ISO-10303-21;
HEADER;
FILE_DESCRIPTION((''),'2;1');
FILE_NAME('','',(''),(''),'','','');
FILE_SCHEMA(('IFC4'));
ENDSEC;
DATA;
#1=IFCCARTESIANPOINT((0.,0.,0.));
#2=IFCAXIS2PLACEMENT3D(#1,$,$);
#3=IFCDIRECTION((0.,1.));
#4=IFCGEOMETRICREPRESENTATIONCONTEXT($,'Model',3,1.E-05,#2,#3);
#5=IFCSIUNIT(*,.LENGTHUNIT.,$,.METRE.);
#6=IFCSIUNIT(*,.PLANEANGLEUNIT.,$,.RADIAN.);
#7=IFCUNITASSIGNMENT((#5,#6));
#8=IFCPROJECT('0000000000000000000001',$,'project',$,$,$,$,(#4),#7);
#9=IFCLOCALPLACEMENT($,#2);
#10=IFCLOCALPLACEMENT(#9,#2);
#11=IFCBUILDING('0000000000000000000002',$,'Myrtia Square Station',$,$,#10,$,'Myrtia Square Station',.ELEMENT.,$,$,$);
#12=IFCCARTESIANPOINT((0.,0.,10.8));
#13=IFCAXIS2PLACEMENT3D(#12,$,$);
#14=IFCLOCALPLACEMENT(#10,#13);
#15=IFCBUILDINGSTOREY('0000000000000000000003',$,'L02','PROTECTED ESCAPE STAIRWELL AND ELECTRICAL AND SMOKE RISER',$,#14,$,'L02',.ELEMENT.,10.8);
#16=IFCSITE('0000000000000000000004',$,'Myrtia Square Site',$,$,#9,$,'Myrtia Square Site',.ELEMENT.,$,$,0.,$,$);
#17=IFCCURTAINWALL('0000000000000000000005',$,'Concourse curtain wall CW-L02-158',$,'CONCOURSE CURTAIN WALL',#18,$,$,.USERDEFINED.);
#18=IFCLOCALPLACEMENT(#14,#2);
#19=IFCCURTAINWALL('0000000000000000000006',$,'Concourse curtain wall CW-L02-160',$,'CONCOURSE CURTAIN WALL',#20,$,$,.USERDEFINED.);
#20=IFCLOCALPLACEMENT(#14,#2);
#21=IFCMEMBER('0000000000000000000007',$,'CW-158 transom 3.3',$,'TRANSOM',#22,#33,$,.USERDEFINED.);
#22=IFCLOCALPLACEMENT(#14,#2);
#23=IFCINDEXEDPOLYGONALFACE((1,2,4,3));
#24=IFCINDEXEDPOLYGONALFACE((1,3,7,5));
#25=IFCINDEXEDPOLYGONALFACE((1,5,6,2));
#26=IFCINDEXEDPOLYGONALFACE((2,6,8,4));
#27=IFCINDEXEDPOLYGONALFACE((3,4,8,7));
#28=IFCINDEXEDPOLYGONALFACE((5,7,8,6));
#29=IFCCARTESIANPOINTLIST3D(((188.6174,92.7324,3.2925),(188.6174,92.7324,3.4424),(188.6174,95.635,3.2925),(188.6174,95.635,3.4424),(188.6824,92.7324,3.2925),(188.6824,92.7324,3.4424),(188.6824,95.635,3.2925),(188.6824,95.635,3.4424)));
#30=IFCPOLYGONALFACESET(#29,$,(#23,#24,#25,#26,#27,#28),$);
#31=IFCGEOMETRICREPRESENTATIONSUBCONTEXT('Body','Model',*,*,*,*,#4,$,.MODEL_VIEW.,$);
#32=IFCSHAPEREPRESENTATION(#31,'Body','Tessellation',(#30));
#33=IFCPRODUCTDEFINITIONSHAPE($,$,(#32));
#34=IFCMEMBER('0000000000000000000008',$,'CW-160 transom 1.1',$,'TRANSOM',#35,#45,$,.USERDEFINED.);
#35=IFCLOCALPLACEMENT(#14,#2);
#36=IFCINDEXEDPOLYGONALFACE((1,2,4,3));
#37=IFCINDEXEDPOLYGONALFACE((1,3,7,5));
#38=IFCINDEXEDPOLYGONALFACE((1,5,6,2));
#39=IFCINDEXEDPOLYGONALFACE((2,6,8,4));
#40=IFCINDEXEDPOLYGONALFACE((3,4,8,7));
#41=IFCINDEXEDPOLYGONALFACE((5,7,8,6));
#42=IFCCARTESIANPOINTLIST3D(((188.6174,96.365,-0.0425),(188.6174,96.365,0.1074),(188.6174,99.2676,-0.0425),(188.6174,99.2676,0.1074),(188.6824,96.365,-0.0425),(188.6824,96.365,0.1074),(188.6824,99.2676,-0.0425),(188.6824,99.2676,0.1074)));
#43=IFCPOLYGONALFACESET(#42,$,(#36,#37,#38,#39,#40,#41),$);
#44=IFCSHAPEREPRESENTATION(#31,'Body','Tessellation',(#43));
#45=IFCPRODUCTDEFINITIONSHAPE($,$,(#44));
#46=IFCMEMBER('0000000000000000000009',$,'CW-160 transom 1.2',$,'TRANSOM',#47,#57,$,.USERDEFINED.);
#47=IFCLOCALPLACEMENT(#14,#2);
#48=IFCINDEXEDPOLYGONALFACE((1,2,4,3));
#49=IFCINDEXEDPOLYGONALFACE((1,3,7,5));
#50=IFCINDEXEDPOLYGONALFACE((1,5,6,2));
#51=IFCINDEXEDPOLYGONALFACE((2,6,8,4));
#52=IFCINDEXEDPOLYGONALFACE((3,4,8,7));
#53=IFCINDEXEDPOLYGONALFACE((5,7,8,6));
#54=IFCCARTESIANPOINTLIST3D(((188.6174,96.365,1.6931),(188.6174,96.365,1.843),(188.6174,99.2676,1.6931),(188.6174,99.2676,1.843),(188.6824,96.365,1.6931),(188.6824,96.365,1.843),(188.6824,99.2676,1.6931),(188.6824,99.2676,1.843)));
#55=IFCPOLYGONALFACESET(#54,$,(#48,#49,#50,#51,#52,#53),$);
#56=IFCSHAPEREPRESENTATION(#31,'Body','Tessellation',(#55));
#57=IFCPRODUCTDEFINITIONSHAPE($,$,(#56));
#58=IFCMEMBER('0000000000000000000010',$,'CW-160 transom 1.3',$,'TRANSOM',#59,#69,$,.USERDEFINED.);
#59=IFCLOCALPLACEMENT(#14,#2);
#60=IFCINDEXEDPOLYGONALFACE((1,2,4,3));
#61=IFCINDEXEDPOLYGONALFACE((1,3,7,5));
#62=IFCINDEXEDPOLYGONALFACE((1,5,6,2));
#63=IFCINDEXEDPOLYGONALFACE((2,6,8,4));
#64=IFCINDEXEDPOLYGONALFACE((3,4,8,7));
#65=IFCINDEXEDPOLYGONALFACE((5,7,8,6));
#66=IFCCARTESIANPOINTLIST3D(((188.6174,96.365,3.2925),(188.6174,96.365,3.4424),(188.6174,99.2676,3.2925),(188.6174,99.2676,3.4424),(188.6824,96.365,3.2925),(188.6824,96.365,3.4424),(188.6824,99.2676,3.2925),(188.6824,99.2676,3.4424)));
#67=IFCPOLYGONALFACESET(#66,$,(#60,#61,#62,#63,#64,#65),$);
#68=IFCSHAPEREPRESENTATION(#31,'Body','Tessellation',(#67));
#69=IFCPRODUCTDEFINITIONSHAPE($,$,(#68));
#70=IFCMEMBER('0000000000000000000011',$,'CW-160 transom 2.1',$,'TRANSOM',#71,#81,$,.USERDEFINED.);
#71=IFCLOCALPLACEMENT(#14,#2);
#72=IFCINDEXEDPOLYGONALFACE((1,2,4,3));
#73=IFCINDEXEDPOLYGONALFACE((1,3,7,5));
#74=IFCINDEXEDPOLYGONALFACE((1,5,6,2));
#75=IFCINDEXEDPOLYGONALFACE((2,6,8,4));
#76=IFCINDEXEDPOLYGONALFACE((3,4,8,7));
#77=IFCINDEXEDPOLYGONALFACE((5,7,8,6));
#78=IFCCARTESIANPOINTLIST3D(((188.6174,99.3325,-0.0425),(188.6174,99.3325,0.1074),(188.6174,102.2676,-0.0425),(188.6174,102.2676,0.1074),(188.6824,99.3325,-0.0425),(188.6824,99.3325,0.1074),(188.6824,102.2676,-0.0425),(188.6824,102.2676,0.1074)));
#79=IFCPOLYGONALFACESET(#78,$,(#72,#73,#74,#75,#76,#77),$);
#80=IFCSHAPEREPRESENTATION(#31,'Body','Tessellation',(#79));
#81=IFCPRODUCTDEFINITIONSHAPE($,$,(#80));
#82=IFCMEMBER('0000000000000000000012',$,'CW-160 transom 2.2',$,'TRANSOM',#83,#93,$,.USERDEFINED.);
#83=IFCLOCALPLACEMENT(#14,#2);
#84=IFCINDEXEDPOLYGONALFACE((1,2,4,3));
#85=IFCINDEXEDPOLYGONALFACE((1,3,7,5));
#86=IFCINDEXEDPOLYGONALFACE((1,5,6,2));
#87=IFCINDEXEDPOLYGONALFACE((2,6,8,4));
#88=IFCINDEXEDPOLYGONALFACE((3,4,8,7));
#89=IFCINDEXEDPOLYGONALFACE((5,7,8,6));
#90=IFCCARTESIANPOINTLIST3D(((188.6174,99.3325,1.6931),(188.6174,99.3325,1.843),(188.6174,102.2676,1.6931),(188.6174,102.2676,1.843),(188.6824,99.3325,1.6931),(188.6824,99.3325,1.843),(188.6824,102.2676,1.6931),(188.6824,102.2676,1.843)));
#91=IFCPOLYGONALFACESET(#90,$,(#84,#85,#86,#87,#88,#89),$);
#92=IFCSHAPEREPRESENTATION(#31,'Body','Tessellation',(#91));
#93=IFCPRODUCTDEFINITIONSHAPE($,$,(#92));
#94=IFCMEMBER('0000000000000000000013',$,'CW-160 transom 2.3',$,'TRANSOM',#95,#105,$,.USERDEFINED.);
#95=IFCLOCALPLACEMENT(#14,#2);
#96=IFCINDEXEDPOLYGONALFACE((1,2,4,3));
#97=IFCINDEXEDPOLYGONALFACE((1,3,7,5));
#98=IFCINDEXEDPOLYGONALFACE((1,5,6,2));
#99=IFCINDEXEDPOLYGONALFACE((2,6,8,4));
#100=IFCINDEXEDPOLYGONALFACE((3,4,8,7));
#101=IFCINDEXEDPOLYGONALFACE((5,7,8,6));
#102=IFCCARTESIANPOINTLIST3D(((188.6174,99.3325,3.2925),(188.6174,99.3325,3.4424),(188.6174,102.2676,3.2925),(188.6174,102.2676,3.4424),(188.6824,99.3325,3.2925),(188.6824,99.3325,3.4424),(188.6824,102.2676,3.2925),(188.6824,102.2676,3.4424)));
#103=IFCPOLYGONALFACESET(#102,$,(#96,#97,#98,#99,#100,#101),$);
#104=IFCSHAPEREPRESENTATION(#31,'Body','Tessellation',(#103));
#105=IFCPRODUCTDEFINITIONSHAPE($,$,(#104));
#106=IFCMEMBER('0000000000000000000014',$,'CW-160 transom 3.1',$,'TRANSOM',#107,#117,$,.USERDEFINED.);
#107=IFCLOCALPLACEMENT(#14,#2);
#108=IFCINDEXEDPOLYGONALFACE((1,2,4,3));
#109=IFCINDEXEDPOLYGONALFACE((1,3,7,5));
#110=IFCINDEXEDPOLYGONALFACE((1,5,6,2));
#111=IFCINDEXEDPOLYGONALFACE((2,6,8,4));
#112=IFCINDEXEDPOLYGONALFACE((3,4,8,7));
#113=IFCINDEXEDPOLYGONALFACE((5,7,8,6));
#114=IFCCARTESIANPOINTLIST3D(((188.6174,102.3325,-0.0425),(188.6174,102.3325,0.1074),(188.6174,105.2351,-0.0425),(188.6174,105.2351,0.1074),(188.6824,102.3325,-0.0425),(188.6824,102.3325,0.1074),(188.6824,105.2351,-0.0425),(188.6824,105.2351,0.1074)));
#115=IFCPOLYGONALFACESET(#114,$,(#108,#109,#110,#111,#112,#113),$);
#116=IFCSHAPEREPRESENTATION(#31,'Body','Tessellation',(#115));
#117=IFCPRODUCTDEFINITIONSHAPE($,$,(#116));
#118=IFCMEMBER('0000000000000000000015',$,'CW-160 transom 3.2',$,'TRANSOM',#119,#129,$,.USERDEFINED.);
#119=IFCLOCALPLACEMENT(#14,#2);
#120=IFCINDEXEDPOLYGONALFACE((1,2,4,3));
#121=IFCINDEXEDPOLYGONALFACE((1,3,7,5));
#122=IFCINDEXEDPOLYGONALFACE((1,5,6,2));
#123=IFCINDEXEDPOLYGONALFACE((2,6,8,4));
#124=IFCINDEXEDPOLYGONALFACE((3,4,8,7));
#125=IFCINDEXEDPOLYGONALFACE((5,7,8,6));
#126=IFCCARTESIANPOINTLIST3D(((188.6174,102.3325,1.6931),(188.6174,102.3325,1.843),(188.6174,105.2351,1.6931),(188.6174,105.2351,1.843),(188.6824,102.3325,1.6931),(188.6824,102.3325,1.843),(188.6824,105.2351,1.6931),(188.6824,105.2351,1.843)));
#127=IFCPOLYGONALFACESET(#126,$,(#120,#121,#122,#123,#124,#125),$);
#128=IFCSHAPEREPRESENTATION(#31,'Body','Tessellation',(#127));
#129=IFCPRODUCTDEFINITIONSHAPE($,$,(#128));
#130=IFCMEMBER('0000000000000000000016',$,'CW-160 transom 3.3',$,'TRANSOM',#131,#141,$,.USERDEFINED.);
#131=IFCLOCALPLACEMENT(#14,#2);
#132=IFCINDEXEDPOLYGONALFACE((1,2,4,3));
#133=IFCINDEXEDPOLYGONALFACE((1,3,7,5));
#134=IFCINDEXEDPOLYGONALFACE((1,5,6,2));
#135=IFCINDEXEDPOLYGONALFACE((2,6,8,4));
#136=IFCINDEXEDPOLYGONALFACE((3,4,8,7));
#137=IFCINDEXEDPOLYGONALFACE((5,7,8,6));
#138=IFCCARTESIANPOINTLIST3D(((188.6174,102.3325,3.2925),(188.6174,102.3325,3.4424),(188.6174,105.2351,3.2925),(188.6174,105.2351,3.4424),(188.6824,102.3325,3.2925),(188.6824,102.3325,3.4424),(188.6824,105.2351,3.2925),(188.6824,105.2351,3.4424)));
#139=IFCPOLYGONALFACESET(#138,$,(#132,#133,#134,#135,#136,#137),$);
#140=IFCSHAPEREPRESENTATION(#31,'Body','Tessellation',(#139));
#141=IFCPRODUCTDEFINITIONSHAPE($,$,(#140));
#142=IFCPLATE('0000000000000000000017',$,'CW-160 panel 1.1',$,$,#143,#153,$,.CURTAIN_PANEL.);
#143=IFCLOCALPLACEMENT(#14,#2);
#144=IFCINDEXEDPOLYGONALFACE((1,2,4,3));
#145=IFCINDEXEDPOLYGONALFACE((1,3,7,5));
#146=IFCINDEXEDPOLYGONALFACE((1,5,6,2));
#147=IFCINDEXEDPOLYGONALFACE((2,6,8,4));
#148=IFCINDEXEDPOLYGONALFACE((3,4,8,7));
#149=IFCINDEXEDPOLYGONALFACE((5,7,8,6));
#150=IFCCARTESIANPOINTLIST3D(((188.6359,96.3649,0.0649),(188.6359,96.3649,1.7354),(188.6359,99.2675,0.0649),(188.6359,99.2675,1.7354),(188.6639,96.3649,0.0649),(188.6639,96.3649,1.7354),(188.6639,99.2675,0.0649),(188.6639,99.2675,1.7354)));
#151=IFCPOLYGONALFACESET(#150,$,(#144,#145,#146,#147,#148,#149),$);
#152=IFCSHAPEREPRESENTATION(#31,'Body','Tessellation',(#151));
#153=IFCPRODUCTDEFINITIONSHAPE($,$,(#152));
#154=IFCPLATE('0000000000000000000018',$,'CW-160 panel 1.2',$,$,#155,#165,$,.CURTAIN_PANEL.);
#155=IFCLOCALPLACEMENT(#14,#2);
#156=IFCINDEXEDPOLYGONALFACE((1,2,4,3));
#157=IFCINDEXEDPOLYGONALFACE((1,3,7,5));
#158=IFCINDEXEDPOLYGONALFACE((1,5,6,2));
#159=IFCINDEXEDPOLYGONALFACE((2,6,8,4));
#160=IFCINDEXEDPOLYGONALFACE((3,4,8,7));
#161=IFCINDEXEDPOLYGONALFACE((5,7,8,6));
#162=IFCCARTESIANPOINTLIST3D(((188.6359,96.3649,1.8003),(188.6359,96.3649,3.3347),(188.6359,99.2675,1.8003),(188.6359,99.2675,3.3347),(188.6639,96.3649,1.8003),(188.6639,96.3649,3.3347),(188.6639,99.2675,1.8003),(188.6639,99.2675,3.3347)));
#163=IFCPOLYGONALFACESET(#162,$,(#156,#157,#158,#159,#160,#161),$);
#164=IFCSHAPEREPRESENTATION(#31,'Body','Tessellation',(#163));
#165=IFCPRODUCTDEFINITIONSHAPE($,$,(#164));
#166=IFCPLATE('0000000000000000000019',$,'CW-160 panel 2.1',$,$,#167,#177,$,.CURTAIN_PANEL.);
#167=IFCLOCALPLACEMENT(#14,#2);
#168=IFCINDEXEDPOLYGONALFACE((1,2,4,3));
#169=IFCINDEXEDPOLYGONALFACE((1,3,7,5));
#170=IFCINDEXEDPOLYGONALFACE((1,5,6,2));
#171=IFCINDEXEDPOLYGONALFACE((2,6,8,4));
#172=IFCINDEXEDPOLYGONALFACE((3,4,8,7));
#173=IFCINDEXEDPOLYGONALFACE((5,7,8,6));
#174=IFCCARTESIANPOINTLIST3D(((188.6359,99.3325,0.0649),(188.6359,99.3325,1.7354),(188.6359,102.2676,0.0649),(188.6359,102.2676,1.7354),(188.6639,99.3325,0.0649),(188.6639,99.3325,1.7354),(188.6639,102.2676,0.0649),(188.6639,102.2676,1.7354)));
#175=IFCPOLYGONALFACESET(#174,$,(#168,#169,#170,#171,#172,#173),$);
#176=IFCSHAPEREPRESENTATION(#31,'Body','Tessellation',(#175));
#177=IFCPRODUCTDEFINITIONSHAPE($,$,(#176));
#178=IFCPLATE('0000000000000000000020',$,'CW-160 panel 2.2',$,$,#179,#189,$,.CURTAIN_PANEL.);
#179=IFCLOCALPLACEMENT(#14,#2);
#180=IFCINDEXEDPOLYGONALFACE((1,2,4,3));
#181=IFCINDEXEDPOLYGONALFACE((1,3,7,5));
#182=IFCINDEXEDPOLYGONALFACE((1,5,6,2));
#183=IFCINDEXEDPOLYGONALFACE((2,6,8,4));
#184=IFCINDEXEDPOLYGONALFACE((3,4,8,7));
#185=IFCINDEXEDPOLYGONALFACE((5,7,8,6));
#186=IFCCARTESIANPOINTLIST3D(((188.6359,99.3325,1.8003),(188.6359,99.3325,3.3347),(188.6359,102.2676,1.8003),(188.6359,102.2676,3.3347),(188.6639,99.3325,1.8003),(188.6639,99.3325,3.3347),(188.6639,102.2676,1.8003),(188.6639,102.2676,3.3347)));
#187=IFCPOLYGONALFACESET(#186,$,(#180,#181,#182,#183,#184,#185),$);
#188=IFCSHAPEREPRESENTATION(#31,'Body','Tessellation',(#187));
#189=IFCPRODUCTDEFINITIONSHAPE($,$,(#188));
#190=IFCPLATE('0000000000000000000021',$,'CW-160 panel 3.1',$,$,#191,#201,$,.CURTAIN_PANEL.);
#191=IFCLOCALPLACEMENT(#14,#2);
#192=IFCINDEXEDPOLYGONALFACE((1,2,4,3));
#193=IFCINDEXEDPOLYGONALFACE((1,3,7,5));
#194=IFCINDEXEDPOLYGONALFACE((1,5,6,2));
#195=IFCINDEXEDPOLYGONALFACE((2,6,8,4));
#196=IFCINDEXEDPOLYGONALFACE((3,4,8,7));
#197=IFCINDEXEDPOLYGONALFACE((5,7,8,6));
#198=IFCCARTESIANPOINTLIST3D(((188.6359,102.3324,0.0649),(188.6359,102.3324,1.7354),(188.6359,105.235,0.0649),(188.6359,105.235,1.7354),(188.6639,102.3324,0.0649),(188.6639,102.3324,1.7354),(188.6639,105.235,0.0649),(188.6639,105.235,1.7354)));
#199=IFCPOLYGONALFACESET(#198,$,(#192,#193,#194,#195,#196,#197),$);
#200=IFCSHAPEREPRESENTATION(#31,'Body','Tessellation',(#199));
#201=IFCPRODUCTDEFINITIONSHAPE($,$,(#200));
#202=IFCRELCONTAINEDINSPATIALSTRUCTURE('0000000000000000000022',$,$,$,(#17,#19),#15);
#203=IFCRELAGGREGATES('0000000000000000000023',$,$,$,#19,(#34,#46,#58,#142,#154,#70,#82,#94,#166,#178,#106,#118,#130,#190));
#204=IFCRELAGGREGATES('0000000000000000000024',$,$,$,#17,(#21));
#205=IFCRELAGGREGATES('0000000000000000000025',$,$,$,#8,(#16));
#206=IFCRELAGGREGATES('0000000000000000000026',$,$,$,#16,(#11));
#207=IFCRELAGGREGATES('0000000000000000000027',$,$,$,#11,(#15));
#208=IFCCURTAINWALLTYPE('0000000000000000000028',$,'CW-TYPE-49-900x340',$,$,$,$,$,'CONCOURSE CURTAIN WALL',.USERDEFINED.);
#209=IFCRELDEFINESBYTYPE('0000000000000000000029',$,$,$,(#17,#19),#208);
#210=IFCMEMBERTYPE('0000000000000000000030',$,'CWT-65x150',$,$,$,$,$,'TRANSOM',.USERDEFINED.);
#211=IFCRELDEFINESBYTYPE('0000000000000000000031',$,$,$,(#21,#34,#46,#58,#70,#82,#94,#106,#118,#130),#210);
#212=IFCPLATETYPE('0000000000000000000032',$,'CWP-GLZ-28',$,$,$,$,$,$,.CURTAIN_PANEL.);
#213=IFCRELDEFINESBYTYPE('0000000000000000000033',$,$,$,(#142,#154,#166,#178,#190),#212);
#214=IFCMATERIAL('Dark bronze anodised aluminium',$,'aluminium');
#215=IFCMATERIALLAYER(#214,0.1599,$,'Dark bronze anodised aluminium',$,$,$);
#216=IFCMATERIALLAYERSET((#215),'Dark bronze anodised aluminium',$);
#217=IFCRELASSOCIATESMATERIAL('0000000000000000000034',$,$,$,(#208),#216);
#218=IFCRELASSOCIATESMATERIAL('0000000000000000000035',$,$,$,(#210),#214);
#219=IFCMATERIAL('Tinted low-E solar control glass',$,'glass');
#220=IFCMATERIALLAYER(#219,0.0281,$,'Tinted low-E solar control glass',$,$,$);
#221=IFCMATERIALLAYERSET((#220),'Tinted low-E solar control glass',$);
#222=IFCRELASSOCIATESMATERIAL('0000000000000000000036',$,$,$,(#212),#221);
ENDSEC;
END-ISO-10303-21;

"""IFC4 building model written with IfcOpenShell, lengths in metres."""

from ifc_helpers import new_model, si_unit, direction, frame, origin, origin_2d, place, context, subcontext, project, spatial, rectangle, extrude, material, layer, layer_set, material_profile, profile_set, type_object, element, aggregate, save


model = new_model("IFC4")

# Units and contexts
model_context = context("Model", 3, precision=1e-05, world=origin(), true_north=direction((0.0, 1.0)))
body_context = subcontext(model_context, "Body", "Model", "MODEL_VIEW")
ifc_project = project(units=[si_unit("LENGTHUNIT", "METRE"), si_unit("PLANEANGLEUNIT", "RADIAN")], contexts=[model_context])

# Site, building, storey
site_placement = place(None, origin())
site = spatial("IfcSite", under=ifc_project, at=site_placement, Name="Myrtia Square Site", LongName="Myrtia Square Site", CompositionType="ELEMENT", RefElevation=0.0)
building_placement = place(site_placement, origin())
building = spatial("IfcBuilding", under=site, at=building_placement, Name="Myrtia Square Station", LongName="Myrtia Square Station", CompositionType="ELEMENT")
storey_placement = place(building_placement, frame((0.0, 0.0, 10.8)))
storey = spatial("IfcBuildingStorey", under=building, at=storey_placement, Name="L02", Description="PROTECTED ESCAPE STAIRWELL AND ELECTRICAL AND SMOKE RISER", LongName="L02", CompositionType="ELEMENT", Elevation=10.8)

# Curtain walls
ifc_material_1 = material(Name="Dark bronze anodised aluminium", Category="aluminium")
ifc_layer_1 = layer(ifc_material_1, 0.1599, Name="Dark bronze anodised aluminium")
ifc_layer_set_1 = layer_set([ifc_layer_1], Name="Dark bronze anodised aluminium")
curtain_wall_type = type_object("IfcCurtainWallType", Name="CW-TYPE-49-900x340", ElementType="CONCOURSE CURTAIN WALL", PredefinedType="USERDEFINED", material=ifc_layer_set_1)
curtain_wall_1_placement = place(storey_placement, origin())
curtain_wall_1 = element("IfcCurtainWall", 1, at=curtain_wall_1_placement, inside=storey, type_object=curtain_wall_type, Name="Concourse curtain wall CW-L02-158", ObjectType="CONCOURSE CURTAIN WALL", PredefinedType="USERDEFINED")
curtain_wall_2_placement = place(storey_placement, origin())
curtain_wall_2 = element("IfcCurtainWall", 2, at=curtain_wall_2_placement, inside=storey, type_object=curtain_wall_type, Name="Concourse curtain wall CW-L02-160", ObjectType="CONCOURSE CURTAIN WALL", PredefinedType="USERDEFINED")

# Members
ifc_material_profile_1 = material_profile(ifc_material_1, rectangle(XDim=0.0649, YDim=0.1499, at=origin_2d()), Name="ALU-T 65x150")
ifc_profile_set_1 = profile_set([ifc_material_profile_1], Name="Dark bronze anodised aluminium")
member_type_1 = type_object("IfcMemberType", Name="CWT-65x150", ElementType="TRANSOM", PredefinedType="USERDEFINED", material=ifc_profile_set_1)
member_1_placement = place(storey_placement, frame((188.6499, 92.7324, 3.3674), z_axis=(0.0, 1.0, 0.0), x_axis=(-1.0, 0.0, 0.0)))
member_1 = element("IfcMember", 3, at=member_1_placement, type_object=member_type_1, Name="CW-158 transom 3.3", ObjectType="TRANSOM", PredefinedType="USERDEFINED", context=body_context, shape_type="SweptSolid", body=[
    extrude(rectangle(XDim=0.0649, YDim=0.1499, at=origin_2d()), origin(), (0.0, 0.0, 1.0), 2.9026),
])
member_2_placement = place(storey_placement, frame((188.6499, 96.365, 0.0325), z_axis=(0.0, 1.0, 0.0), x_axis=(-1.0, 0.0, 0.0)))
member_2 = element("IfcMember", 4, at=member_2_placement, type_object=member_type_1, Name="CW-160 transom 1.1", ObjectType="TRANSOM", PredefinedType="USERDEFINED", context=body_context, shape_type="SweptSolid", body=[
    extrude(rectangle(XDim=0.0649, YDim=0.1499, at=origin_2d()), origin(), (0.0, 0.0, 1.0), 2.9026),
])
member_3_placement = place(storey_placement, frame((188.6499, 96.365, 1.7681), z_axis=(0.0, 1.0, 0.0), x_axis=(-1.0, 0.0, 0.0)))
member_3 = element("IfcMember", 5, at=member_3_placement, type_object=member_type_1, Name="CW-160 transom 1.2", ObjectType="TRANSOM", PredefinedType="USERDEFINED", context=body_context, shape_type="SweptSolid", body=[
    extrude(rectangle(XDim=0.0649, YDim=0.1499, at=origin_2d()), origin(), (0.0, 0.0, 1.0), 2.9026),
])
member_4_placement = place(storey_placement, frame((188.6499, 96.365, 3.3674), z_axis=(0.0, 1.0, 0.0), x_axis=(-1.0, 0.0, 0.0)))
member_4 = element("IfcMember", 6, at=member_4_placement, type_object=member_type_1, Name="CW-160 transom 1.3", ObjectType="TRANSOM", PredefinedType="USERDEFINED", context=body_context, shape_type="SweptSolid", body=[
    extrude(rectangle(XDim=0.0649, YDim=0.1499, at=origin_2d()), origin(), (0.0, 0.0, 1.0), 2.9026),
])
member_5_placement = place(storey_placement, frame((188.6499, 99.3325, 0.0325), z_axis=(0.0, 1.0, 0.0), x_axis=(-1.0, 0.0, 0.0)))
member_5 = element("IfcMember", 7, at=member_5_placement, type_object=member_type_1, Name="CW-160 transom 2.1", ObjectType="TRANSOM", PredefinedType="USERDEFINED", context=body_context, shape_type="SweptSolid", body=[
    extrude(rectangle(XDim=0.0649, YDim=0.1499, at=origin_2d()), origin(), (0.0, 0.0, 1.0), 2.9351),
])
member_6_placement = place(storey_placement, frame((188.6499, 99.3325, 1.7681), z_axis=(0.0, 1.0, 0.0), x_axis=(-1.0, 0.0, 0.0)))
member_6 = element("IfcMember", 8, at=member_6_placement, type_object=member_type_1, Name="CW-160 transom 2.2", ObjectType="TRANSOM", PredefinedType="USERDEFINED", context=body_context, shape_type="SweptSolid", body=[
    extrude(rectangle(XDim=0.0649, YDim=0.1499, at=origin_2d()), origin(), (0.0, 0.0, 1.0), 2.9351),
])
member_7_placement = place(storey_placement, frame((188.6499, 99.3325, 3.3674), z_axis=(0.0, 1.0, 0.0), x_axis=(-1.0, 0.0, 0.0)))
member_7 = element("IfcMember", 9, at=member_7_placement, type_object=member_type_1, Name="CW-160 transom 2.3", ObjectType="TRANSOM", PredefinedType="USERDEFINED", context=body_context, shape_type="SweptSolid", body=[
    extrude(rectangle(XDim=0.0649, YDim=0.1499, at=origin_2d()), origin(), (0.0, 0.0, 1.0), 2.9351),
])
member_8_placement = place(storey_placement, frame((188.6499, 102.3325, 0.0325), z_axis=(0.0, 1.0, 0.0), x_axis=(-1.0, 0.0, 0.0)))
member_8 = element("IfcMember", 10, at=member_8_placement, type_object=member_type_1, Name="CW-160 transom 3.1", ObjectType="TRANSOM", PredefinedType="USERDEFINED", context=body_context, shape_type="SweptSolid", body=[
    extrude(rectangle(XDim=0.0649, YDim=0.1499, at=origin_2d()), origin(), (0.0, 0.0, 1.0), 2.9026),
])
member_9_placement = place(storey_placement, frame((188.6499, 102.3325, 1.7681), z_axis=(0.0, 1.0, 0.0), x_axis=(-1.0, 0.0, 0.0)))
member_9 = element("IfcMember", 11, at=member_9_placement, type_object=member_type_1, Name="CW-160 transom 3.2", ObjectType="TRANSOM", PredefinedType="USERDEFINED", context=body_context, shape_type="SweptSolid", body=[
    extrude(rectangle(XDim=0.0649, YDim=0.1499, at=origin_2d()), origin(), (0.0, 0.0, 1.0), 2.9026),
])
member_10_placement = place(storey_placement, frame((188.6499, 102.3325, 3.3674), z_axis=(0.0, 1.0, 0.0), x_axis=(-1.0, 0.0, 0.0)))
member_10 = element("IfcMember", 12, at=member_10_placement, type_object=member_type_1, Name="CW-160 transom 3.3", ObjectType="TRANSOM", PredefinedType="USERDEFINED", context=body_context, shape_type="SweptSolid", body=[
    extrude(rectangle(XDim=0.0649, YDim=0.1499, at=origin_2d()), origin(), (0.0, 0.0, 1.0), 2.9026),
])

# Plates
ifc_material_2 = material(Name="Tinted low-E solar control glass", Category="glass")
ifc_layer_2 = layer(ifc_material_2, 0.0281, Name="Tinted low-E solar control glass")
ifc_layer_set_2 = layer_set([ifc_layer_2], Name="Tinted low-E solar control glass")
plate_type_1 = type_object("IfcPlateType", Name="CWP-GLZ-28", PredefinedType="CURTAIN_PANEL", material=ifc_layer_set_2)
plate_1_placement = place(storey_placement, frame((188.6499, 97.8162, 0.0649), z_axis=(0.0, 0.0, 1.0), x_axis=(0.0, 1.0, 0.0)))
plate_1 = element("IfcPlate", 13, at=plate_1_placement, type_object=plate_type_1, Name="CW-160 panel 1.1", PredefinedType="CURTAIN_PANEL", context=body_context, shape_type="SweptSolid", body=[
    extrude(rectangle(XDim=2.9026, YDim=0.0281, at=origin_2d()), origin(), (0.0, 0.0, 1.0), 1.6704),
])
plate_2_placement = place(storey_placement, frame((188.6499, 97.8162, 1.8003), z_axis=(0.0, 0.0, 1.0), x_axis=(0.0, 1.0, 0.0)))
plate_2 = element("IfcPlate", 14, at=plate_2_placement, type_object=plate_type_1, Name="CW-160 panel 1.2", PredefinedType="CURTAIN_PANEL", context=body_context, shape_type="SweptSolid", body=[
    extrude(rectangle(XDim=2.9026, YDim=0.0281, at=origin_2d()), origin(), (0.0, 0.0, 1.0), 1.5344),
])
plate_3_placement = place(storey_placement, frame((188.6499, 100.8, 0.0649), z_axis=(0.0, 0.0, 1.0), x_axis=(0.0, 1.0, 0.0)))
plate_3 = element("IfcPlate", 15, at=plate_3_placement, type_object=plate_type_1, Name="CW-160 panel 2.1", PredefinedType="CURTAIN_PANEL", context=body_context, shape_type="SweptSolid", body=[
    extrude(rectangle(XDim=2.9351, YDim=0.0281, at=origin_2d()), origin(), (0.0, 0.0, 1.0), 1.6704),
])
plate_4_placement = place(storey_placement, frame((188.6499, 100.8, 1.8003), z_axis=(0.0, 0.0, 1.0), x_axis=(0.0, 1.0, 0.0)))
plate_4 = element("IfcPlate", 16, at=plate_4_placement, type_object=plate_type_1, Name="CW-160 panel 2.2", PredefinedType="CURTAIN_PANEL", context=body_context, shape_type="SweptSolid", body=[
    extrude(rectangle(XDim=2.9351, YDim=0.0281, at=origin_2d()), origin(), (0.0, 0.0, 1.0), 1.5344),
])
plate_5_placement = place(storey_placement, frame((188.6499, 103.7837, 0.0649), z_axis=(0.0, 0.0, 1.0), x_axis=(0.0, 1.0, 0.0)))
plate_5 = element("IfcPlate", 17, at=plate_5_placement, type_object=plate_type_1, Name="CW-160 panel 3.1", PredefinedType="CURTAIN_PANEL", context=body_context, shape_type="SweptSolid", body=[
    extrude(rectangle(XDim=2.9026, YDim=0.0281, at=origin_2d()), origin(), (0.0, 0.0, 1.0), 1.6704),
])
aggregate(curtain_wall_2, [member_2, member_3, member_4, plate_1, plate_2, member_5, member_6, member_7, plate_3, plate_4, member_8, member_9, member_10, plate_5])
aggregate(curtain_wall_1, [member_1])

save(model, "model.ifc")
